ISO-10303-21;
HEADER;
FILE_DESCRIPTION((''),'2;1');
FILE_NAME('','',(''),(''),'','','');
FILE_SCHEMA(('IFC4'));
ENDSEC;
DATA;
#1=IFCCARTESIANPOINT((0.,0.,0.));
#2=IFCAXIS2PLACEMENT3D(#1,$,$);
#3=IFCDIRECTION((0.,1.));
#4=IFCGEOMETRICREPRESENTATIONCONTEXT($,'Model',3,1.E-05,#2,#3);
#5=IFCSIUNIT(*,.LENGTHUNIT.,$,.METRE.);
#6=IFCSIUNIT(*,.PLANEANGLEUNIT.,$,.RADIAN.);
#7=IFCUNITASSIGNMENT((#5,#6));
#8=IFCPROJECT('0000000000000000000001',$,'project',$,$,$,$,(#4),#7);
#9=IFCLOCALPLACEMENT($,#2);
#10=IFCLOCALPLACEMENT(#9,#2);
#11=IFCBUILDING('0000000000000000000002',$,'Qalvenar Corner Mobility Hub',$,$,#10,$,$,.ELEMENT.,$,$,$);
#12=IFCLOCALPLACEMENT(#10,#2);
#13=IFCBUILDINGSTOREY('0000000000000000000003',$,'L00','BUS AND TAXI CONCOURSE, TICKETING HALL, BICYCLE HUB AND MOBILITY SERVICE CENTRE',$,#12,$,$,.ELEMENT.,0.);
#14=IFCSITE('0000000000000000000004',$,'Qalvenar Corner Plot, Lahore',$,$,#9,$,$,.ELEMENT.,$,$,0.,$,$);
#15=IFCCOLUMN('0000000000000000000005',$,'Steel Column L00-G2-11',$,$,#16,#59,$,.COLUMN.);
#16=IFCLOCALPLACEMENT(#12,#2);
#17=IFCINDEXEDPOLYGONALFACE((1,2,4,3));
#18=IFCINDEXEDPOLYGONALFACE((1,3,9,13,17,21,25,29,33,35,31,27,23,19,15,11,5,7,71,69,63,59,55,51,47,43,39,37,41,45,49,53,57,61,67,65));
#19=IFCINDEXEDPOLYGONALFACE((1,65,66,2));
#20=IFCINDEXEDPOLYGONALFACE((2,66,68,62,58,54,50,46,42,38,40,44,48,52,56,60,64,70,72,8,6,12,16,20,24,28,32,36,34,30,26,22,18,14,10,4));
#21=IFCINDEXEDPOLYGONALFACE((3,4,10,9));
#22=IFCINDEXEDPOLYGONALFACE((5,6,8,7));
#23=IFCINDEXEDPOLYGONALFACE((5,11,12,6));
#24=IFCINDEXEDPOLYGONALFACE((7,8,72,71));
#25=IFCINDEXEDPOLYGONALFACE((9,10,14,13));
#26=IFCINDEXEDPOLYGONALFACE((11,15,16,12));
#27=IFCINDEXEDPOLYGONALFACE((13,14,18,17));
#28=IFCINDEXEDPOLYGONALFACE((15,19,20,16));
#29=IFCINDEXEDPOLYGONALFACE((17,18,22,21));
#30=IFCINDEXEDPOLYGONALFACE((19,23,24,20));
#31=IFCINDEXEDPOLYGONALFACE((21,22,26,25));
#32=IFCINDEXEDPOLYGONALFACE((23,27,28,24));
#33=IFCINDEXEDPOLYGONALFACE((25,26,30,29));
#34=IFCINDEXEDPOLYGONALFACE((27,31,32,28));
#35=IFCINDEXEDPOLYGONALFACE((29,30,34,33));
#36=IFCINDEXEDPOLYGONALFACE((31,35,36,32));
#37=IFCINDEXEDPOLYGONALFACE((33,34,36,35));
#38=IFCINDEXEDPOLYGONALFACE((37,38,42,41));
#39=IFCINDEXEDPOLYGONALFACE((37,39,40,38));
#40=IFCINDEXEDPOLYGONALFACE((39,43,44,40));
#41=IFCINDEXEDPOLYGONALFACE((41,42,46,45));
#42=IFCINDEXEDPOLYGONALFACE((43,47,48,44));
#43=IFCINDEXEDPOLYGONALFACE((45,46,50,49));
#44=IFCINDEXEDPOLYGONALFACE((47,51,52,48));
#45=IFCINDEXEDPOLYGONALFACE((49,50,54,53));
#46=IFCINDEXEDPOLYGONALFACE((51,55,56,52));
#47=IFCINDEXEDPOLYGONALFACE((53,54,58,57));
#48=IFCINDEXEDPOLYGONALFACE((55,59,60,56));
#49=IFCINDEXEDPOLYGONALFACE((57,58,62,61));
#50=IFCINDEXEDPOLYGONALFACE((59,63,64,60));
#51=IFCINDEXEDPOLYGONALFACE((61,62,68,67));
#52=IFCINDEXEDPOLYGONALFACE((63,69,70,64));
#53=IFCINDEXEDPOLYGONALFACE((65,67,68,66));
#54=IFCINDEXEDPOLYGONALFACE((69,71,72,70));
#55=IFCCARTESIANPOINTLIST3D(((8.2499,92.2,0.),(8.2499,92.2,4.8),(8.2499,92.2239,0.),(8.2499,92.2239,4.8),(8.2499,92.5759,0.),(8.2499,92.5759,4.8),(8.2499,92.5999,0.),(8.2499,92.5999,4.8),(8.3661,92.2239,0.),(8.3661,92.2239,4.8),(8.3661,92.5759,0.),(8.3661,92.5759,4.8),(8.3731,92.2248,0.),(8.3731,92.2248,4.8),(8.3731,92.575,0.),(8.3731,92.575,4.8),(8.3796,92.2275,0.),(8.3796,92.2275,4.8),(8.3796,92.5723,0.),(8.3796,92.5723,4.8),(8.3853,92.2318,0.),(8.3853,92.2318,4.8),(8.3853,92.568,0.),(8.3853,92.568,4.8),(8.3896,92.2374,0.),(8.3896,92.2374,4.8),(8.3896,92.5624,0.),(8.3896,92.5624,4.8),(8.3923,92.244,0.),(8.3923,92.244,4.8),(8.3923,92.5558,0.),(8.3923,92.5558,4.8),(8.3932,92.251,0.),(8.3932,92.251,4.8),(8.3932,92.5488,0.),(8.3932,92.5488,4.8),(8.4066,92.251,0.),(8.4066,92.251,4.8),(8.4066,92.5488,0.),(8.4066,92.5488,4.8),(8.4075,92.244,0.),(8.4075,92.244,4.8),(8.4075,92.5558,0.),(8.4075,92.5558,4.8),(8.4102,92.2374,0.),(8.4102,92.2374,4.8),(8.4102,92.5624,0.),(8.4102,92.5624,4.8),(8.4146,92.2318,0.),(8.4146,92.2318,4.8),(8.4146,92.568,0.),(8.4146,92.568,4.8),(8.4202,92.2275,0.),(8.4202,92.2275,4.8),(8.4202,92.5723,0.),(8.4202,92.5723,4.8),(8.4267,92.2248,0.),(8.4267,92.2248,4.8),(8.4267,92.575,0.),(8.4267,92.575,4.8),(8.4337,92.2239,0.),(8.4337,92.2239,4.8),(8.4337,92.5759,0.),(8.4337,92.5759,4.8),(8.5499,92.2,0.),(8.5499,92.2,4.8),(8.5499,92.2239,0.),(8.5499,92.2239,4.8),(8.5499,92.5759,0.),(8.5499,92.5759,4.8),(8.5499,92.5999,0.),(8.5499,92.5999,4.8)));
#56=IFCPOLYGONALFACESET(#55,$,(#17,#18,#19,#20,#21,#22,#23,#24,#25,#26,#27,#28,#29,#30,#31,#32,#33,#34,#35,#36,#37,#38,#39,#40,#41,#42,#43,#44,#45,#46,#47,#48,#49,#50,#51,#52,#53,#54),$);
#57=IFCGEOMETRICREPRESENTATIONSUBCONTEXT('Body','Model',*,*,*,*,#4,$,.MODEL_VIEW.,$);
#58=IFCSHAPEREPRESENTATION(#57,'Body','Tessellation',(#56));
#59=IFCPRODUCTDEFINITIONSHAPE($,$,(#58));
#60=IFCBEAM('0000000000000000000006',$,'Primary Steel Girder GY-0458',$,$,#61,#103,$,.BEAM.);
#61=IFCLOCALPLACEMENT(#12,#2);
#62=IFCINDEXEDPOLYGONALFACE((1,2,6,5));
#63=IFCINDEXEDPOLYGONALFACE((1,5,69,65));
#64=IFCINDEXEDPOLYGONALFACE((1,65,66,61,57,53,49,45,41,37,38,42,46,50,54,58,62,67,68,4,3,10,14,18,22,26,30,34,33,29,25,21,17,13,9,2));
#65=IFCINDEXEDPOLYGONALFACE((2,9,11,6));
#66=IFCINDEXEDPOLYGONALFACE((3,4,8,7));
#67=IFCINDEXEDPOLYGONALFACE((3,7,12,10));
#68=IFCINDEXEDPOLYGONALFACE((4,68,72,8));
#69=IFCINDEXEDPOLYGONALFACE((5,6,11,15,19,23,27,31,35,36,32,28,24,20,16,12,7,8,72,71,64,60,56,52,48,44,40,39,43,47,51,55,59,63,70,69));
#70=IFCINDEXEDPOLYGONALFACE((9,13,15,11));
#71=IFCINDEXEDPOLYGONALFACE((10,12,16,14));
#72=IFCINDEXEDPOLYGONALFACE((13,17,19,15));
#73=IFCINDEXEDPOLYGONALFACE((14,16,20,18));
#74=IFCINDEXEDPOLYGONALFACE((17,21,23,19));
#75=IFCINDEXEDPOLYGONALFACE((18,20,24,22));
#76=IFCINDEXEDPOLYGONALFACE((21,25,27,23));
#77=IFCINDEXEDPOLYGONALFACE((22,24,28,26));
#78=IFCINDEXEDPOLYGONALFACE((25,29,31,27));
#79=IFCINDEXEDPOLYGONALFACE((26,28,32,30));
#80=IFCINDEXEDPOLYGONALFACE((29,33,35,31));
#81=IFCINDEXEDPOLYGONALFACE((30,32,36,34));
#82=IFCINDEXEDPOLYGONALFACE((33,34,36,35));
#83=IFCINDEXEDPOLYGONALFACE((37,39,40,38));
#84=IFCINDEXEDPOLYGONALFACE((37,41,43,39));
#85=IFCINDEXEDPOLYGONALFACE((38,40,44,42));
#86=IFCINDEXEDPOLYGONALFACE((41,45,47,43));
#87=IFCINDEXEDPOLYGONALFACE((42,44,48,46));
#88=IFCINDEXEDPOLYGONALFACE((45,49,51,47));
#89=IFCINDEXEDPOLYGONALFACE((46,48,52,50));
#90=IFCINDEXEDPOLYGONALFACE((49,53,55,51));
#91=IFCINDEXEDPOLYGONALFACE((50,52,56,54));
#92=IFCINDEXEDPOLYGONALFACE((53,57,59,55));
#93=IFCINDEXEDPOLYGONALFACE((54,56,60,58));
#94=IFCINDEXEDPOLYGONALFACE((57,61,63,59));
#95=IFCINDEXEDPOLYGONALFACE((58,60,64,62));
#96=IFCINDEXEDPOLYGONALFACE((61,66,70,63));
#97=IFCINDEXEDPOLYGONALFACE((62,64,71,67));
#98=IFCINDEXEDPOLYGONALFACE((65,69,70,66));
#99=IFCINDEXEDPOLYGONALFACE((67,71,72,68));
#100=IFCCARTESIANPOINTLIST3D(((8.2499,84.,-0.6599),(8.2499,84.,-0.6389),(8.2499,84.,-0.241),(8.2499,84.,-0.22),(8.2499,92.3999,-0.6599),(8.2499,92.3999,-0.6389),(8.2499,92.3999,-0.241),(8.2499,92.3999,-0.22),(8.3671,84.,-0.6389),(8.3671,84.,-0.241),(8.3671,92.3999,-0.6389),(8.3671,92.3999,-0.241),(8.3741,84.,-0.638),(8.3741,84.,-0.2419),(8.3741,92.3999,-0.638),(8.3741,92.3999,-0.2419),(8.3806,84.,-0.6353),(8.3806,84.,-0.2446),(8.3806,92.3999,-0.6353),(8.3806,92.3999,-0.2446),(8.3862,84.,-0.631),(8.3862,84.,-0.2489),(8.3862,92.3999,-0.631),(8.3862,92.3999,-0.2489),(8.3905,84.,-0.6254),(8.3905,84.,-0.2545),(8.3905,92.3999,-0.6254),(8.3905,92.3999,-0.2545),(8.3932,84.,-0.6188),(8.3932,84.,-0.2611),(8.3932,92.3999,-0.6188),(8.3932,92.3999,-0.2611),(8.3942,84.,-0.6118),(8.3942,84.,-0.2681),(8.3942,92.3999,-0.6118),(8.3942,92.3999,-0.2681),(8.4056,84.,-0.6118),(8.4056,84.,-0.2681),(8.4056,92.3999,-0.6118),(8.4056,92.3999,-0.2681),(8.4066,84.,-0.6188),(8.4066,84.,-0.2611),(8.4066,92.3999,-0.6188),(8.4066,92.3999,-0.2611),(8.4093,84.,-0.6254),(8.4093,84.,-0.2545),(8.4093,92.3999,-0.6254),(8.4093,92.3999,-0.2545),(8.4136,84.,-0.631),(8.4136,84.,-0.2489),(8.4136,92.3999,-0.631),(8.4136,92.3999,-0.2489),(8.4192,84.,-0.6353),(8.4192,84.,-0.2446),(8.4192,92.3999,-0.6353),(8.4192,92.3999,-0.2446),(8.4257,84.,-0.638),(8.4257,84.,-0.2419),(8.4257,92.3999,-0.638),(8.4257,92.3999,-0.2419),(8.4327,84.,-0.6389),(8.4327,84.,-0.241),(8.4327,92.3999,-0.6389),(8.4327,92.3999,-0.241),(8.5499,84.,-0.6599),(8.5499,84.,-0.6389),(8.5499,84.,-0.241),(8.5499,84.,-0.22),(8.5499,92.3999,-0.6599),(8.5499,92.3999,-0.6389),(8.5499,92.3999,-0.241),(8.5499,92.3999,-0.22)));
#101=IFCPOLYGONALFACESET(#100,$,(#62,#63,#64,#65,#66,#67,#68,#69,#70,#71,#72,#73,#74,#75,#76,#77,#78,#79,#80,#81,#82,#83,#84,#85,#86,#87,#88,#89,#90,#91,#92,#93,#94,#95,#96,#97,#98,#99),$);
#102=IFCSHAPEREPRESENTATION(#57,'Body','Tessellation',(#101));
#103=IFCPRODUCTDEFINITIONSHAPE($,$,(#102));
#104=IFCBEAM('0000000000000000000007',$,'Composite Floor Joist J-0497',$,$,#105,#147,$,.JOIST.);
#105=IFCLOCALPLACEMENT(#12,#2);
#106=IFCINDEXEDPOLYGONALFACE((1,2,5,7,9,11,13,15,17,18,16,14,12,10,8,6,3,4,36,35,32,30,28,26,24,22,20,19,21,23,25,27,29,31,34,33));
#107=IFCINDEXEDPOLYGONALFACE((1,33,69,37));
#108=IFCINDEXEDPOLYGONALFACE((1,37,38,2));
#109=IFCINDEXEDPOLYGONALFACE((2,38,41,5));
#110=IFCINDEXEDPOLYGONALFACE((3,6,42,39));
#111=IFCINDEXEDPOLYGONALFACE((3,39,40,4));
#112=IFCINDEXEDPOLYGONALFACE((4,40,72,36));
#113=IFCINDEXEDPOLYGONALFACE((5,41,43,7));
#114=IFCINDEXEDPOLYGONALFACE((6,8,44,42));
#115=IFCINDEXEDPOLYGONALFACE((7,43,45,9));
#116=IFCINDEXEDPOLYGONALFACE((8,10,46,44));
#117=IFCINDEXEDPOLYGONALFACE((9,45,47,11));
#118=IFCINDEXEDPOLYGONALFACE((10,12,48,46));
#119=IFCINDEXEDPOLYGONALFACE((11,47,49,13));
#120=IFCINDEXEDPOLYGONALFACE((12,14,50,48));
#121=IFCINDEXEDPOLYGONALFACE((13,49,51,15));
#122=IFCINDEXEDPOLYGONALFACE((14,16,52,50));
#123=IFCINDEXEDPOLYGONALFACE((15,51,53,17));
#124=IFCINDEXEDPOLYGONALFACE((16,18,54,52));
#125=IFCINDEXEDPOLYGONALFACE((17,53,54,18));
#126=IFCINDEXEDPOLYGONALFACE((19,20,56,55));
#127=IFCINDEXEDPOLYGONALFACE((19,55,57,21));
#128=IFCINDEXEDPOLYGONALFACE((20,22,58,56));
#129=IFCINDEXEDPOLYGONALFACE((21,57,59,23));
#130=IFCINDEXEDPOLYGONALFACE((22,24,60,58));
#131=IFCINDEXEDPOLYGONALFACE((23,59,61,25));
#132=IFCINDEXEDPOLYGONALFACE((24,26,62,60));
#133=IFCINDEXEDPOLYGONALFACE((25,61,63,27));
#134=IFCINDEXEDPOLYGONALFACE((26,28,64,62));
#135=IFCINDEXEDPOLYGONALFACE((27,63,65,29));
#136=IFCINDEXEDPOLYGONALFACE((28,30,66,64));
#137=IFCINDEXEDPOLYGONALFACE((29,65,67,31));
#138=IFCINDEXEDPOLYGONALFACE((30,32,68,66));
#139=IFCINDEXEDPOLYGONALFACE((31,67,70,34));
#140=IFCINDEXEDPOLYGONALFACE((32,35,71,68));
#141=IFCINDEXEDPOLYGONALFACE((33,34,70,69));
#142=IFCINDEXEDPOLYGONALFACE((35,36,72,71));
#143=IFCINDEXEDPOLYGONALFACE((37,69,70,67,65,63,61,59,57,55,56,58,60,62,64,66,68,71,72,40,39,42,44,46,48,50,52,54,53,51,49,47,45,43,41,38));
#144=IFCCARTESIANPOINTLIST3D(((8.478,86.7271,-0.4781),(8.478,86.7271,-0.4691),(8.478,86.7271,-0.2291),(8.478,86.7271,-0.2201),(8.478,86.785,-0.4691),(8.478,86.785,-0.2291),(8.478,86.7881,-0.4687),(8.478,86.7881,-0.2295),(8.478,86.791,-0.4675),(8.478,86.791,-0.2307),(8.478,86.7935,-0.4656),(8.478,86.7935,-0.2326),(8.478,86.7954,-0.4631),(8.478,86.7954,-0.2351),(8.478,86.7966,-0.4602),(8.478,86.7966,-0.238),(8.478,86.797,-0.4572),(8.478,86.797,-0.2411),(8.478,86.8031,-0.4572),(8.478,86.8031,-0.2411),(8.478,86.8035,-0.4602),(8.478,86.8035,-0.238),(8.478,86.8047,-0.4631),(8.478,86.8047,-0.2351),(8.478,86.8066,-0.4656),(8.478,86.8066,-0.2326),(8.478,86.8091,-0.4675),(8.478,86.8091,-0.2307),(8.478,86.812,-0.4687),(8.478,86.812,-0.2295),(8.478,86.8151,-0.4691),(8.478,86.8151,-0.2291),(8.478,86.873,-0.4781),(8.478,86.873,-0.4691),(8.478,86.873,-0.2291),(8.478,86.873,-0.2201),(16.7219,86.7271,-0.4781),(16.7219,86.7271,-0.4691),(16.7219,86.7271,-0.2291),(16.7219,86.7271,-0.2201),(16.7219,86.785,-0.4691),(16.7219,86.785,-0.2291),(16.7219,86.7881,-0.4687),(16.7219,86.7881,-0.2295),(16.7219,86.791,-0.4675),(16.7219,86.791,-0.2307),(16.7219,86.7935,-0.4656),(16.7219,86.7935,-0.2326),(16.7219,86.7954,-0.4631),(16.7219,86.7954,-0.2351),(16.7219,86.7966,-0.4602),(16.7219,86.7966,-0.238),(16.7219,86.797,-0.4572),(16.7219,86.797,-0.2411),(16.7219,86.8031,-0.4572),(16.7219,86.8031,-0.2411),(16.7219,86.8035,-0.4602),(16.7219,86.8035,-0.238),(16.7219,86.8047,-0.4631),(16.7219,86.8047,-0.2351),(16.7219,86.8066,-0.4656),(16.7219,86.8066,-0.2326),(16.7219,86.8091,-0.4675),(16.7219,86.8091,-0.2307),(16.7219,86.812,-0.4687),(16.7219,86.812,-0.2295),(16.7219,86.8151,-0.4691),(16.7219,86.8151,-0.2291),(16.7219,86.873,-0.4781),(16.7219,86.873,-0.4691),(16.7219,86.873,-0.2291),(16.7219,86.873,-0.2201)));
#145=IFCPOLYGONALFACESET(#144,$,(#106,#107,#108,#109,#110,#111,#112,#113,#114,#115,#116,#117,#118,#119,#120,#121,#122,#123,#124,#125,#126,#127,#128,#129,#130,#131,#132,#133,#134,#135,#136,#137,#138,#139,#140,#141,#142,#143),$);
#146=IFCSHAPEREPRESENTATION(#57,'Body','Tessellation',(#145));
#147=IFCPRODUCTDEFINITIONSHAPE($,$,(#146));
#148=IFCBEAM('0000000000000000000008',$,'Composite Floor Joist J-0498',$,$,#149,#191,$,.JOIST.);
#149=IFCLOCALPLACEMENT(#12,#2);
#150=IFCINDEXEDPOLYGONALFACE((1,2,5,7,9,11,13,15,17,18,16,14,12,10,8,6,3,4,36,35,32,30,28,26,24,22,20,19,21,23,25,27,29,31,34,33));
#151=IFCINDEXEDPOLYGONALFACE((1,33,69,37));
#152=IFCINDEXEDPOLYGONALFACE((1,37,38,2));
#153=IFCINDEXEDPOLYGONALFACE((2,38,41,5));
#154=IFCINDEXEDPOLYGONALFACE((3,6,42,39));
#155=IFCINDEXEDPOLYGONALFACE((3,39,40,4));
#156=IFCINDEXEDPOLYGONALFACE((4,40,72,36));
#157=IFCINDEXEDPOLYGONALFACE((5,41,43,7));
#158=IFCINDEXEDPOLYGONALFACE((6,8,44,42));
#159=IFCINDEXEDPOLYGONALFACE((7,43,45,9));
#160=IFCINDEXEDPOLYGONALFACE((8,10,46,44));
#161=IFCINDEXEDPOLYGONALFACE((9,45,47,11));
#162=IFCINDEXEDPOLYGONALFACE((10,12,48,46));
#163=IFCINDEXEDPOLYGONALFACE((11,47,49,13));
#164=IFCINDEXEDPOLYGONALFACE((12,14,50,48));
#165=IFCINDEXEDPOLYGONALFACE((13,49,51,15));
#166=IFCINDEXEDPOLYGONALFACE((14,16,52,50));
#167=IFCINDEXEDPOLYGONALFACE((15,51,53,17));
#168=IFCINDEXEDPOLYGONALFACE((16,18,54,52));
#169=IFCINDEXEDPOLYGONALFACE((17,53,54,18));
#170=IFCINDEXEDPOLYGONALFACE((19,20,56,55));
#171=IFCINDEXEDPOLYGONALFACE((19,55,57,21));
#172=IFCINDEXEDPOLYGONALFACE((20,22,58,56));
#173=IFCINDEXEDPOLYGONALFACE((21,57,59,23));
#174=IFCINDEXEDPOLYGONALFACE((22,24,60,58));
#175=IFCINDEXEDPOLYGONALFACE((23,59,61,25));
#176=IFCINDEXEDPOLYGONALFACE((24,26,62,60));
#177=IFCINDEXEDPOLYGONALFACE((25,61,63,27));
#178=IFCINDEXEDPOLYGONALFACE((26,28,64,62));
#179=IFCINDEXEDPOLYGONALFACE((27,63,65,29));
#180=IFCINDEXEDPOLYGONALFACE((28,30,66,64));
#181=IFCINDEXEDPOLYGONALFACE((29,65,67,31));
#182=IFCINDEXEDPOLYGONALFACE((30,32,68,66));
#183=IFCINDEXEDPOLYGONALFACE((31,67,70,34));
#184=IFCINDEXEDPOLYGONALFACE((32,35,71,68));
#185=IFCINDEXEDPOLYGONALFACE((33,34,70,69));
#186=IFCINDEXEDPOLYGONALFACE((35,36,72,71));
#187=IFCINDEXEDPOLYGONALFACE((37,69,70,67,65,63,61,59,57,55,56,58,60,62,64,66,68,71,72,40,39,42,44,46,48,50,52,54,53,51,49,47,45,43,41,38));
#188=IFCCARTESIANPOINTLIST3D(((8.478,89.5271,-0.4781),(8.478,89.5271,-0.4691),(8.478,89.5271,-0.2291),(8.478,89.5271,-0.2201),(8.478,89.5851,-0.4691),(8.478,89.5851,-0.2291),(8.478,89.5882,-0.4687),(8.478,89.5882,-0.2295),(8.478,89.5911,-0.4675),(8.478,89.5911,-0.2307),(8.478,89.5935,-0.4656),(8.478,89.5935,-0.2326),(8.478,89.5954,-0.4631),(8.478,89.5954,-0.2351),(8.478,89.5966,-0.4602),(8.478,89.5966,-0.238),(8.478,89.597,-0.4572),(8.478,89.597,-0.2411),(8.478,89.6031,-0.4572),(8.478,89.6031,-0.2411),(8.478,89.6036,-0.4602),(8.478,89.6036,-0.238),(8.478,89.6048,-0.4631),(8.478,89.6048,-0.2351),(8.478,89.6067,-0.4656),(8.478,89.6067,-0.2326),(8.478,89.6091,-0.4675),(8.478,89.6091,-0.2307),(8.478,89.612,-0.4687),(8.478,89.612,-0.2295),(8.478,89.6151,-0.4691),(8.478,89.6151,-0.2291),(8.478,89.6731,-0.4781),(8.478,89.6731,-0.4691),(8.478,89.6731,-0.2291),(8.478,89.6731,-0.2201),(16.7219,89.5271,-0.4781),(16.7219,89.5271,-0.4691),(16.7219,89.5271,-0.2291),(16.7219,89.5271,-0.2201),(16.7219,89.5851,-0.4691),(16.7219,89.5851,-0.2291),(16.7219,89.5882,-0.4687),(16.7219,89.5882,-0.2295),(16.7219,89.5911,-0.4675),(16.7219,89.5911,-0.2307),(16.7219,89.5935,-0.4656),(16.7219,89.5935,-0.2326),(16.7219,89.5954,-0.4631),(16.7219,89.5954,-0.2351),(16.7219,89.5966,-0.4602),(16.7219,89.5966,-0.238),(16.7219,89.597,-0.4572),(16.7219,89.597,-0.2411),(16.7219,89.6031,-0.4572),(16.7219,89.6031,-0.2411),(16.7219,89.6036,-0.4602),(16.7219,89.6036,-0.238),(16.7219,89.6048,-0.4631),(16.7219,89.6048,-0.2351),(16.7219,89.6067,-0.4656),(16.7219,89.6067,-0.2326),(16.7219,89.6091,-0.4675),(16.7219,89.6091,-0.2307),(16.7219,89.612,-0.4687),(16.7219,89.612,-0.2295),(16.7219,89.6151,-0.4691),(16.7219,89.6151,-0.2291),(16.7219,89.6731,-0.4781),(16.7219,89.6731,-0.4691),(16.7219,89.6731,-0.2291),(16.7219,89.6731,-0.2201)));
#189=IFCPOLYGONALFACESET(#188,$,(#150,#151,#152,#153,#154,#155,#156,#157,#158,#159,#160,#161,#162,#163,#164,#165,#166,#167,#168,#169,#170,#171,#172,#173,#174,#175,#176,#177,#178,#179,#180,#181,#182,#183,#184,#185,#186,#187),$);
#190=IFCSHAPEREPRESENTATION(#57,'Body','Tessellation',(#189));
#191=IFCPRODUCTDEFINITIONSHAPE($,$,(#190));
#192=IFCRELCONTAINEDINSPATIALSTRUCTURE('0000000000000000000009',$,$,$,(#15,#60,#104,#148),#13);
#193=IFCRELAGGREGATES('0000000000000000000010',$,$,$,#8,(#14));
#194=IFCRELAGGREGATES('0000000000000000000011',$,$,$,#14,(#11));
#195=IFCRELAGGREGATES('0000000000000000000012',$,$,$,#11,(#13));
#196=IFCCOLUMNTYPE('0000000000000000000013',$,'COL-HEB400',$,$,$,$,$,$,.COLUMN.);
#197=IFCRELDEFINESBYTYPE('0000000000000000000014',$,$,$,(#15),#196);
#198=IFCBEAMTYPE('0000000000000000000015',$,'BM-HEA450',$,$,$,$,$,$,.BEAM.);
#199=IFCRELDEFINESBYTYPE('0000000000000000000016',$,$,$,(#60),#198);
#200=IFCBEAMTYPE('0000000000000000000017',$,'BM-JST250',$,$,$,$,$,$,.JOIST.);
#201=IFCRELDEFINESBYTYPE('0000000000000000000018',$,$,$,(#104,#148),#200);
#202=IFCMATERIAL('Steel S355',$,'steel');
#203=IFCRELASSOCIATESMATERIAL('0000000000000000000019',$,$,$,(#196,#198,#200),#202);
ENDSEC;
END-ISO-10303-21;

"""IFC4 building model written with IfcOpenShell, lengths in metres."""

from ifc_helpers import new_model, si_unit, direction, frame, origin, origin_2d, place, context, subcontext, project, spatial, i_section, extrude, material, material_profile, profile_set, type_object, element, save


model = new_model("IFC4")

# Units and contexts
model_context = context("Model", 3, precision=1e-05, world=origin(), true_north=direction((0.0, 1.0)))
body_context = subcontext(model_context, "Body", "Model", "MODEL_VIEW")
ifc_project = project(units=[si_unit("LENGTHUNIT", "METRE"), si_unit("PLANEANGLEUNIT", "RADIAN")], contexts=[model_context])

# Site, building, storey
site_placement = place(None, origin())
site = spatial("IfcSite", under=ifc_project, at=site_placement, Name="Qalvenar Corner Plot, Lahore", CompositionType="ELEMENT", RefElevation=0.0)
building_placement = place(site_placement, origin())
building = spatial("IfcBuilding", under=site, at=building_placement, Name="Qalvenar Corner Mobility Hub", CompositionType="ELEMENT")
storey_placement = place(building_placement, origin())
storey = spatial("IfcBuildingStorey", under=building, at=storey_placement, Name="L00", Description="BUS AND TAXI CONCOURSE, TICKETING HALL, BICYCLE HUB AND MOBILITY SERVICE CENTRE", CompositionType="ELEMENT", Elevation=0.0)

# Column
ifc_material_1 = material(Name="Steel S355", Category="steel")
ifc_material_profile_1 = material_profile(ifc_material_1, i_section(OverallWidth=0.3, OverallDepth=0.3999, WebThickness=0.0134, FlangeThickness=0.0239, FilletRadius=0.0271, at=origin_2d()), Name="HEB400")
ifc_profile_set_1 = profile_set([ifc_material_profile_1], Name="Steel S355")
column_type = type_object("IfcColumnType", Name="COL-HEB400", PredefinedType="COLUMN", material=ifc_profile_set_1)
column_placement = place(storey_placement, frame((8.3999, 92.3999, 0.0), z_axis=(0.0, 0.0, 1.0), x_axis=(1.0, 0.0, 0.0)))
element("IfcColumn", 1, at=column_placement, inside=storey, type_object=column_type, Name="Steel Column L00-G2-11", PredefinedType="COLUMN", context=body_context, shape_type="SweptSolid", body=[
    extrude(i_section(OverallWidth=0.3, OverallDepth=0.3999, WebThickness=0.0134, FlangeThickness=0.0239, FilletRadius=0.0271, at=origin_2d()), origin(), (0.0, 0.0, 1.0), 4.8),
])

# Beams
ifc_material_profile_2 = material_profile(ifc_material_1, i_section(OverallWidth=0.3, OverallDepth=0.4399, WebThickness=0.0115, FlangeThickness=0.021, FilletRadius=0.0271, at=origin_2d()), Name="HEA450")
ifc_profile_set_2 = profile_set([ifc_material_profile_2], Name="Steel S355")
beam_type_1 = type_object("IfcBeamType", Name="BM-HEA450", PredefinedType="BEAM", material=ifc_profile_set_2)
beam_1_placement = place(storey_placement, frame((8.3999, 84.0, -0.4399), z_axis=(0.0, 1.0, 0.0), x_axis=(-1.0, 0.0, 0.0)))
element("IfcBeam", 2, at=beam_1_placement, inside=storey, type_object=beam_type_1, Name="Primary Steel Girder GY-0458", PredefinedType="BEAM", context=body_context, shape_type="SweptSolid", body=[
    extrude(i_section(OverallWidth=0.3, OverallDepth=0.4399, WebThickness=0.0115, FlangeThickness=0.021, FilletRadius=0.0271, at=origin_2d()), origin(), (0.0, 0.0, 1.0), 8.3999),
])
ifc_material_profile_3 = material_profile(ifc_material_1, i_section(OverallWidth=0.146, OverallDepth=0.2581, WebThickness=0.0061, FlangeThickness=0.009, FilletRadius=0.012, at=origin_2d()), Name="W250x32.7")
ifc_profile_set_3 = profile_set([ifc_material_profile_3], Name="Steel S355")
beam_type_2 = type_object("IfcBeamType", Name="BM-JST250", PredefinedType="JOIST", material=ifc_profile_set_3)
for number, where, z_axis, x_axis, name in (
    (3, (8.478, 86.8, -0.3491), (1.0, 0.0, 0.0), (0.0, 1.0, 0.0), "Composite Floor Joist J-0497"),
    (4, (8.478, 89.6001, -0.3491), (1.0, 0.0, 0.0), (0.0, 1.0, 0.0), "Composite Floor Joist J-0498"),
):
    element("IfcBeam", number, at=place(storey_placement, frame(where, z_axis=z_axis, x_axis=x_axis)), inside=storey, type_object=beam_type_2, Name=name, PredefinedType="JOIST", context=body_context, shape_type="SweptSolid", body=[
        extrude(i_section(OverallWidth=0.146, OverallDepth=0.2581, WebThickness=0.0061, FlangeThickness=0.009, FilletRadius=0.012, at=origin_2d()), origin(), (0.0, 0.0, 1.0), 8.2439),
    ])

save(model, "model.ifc")
